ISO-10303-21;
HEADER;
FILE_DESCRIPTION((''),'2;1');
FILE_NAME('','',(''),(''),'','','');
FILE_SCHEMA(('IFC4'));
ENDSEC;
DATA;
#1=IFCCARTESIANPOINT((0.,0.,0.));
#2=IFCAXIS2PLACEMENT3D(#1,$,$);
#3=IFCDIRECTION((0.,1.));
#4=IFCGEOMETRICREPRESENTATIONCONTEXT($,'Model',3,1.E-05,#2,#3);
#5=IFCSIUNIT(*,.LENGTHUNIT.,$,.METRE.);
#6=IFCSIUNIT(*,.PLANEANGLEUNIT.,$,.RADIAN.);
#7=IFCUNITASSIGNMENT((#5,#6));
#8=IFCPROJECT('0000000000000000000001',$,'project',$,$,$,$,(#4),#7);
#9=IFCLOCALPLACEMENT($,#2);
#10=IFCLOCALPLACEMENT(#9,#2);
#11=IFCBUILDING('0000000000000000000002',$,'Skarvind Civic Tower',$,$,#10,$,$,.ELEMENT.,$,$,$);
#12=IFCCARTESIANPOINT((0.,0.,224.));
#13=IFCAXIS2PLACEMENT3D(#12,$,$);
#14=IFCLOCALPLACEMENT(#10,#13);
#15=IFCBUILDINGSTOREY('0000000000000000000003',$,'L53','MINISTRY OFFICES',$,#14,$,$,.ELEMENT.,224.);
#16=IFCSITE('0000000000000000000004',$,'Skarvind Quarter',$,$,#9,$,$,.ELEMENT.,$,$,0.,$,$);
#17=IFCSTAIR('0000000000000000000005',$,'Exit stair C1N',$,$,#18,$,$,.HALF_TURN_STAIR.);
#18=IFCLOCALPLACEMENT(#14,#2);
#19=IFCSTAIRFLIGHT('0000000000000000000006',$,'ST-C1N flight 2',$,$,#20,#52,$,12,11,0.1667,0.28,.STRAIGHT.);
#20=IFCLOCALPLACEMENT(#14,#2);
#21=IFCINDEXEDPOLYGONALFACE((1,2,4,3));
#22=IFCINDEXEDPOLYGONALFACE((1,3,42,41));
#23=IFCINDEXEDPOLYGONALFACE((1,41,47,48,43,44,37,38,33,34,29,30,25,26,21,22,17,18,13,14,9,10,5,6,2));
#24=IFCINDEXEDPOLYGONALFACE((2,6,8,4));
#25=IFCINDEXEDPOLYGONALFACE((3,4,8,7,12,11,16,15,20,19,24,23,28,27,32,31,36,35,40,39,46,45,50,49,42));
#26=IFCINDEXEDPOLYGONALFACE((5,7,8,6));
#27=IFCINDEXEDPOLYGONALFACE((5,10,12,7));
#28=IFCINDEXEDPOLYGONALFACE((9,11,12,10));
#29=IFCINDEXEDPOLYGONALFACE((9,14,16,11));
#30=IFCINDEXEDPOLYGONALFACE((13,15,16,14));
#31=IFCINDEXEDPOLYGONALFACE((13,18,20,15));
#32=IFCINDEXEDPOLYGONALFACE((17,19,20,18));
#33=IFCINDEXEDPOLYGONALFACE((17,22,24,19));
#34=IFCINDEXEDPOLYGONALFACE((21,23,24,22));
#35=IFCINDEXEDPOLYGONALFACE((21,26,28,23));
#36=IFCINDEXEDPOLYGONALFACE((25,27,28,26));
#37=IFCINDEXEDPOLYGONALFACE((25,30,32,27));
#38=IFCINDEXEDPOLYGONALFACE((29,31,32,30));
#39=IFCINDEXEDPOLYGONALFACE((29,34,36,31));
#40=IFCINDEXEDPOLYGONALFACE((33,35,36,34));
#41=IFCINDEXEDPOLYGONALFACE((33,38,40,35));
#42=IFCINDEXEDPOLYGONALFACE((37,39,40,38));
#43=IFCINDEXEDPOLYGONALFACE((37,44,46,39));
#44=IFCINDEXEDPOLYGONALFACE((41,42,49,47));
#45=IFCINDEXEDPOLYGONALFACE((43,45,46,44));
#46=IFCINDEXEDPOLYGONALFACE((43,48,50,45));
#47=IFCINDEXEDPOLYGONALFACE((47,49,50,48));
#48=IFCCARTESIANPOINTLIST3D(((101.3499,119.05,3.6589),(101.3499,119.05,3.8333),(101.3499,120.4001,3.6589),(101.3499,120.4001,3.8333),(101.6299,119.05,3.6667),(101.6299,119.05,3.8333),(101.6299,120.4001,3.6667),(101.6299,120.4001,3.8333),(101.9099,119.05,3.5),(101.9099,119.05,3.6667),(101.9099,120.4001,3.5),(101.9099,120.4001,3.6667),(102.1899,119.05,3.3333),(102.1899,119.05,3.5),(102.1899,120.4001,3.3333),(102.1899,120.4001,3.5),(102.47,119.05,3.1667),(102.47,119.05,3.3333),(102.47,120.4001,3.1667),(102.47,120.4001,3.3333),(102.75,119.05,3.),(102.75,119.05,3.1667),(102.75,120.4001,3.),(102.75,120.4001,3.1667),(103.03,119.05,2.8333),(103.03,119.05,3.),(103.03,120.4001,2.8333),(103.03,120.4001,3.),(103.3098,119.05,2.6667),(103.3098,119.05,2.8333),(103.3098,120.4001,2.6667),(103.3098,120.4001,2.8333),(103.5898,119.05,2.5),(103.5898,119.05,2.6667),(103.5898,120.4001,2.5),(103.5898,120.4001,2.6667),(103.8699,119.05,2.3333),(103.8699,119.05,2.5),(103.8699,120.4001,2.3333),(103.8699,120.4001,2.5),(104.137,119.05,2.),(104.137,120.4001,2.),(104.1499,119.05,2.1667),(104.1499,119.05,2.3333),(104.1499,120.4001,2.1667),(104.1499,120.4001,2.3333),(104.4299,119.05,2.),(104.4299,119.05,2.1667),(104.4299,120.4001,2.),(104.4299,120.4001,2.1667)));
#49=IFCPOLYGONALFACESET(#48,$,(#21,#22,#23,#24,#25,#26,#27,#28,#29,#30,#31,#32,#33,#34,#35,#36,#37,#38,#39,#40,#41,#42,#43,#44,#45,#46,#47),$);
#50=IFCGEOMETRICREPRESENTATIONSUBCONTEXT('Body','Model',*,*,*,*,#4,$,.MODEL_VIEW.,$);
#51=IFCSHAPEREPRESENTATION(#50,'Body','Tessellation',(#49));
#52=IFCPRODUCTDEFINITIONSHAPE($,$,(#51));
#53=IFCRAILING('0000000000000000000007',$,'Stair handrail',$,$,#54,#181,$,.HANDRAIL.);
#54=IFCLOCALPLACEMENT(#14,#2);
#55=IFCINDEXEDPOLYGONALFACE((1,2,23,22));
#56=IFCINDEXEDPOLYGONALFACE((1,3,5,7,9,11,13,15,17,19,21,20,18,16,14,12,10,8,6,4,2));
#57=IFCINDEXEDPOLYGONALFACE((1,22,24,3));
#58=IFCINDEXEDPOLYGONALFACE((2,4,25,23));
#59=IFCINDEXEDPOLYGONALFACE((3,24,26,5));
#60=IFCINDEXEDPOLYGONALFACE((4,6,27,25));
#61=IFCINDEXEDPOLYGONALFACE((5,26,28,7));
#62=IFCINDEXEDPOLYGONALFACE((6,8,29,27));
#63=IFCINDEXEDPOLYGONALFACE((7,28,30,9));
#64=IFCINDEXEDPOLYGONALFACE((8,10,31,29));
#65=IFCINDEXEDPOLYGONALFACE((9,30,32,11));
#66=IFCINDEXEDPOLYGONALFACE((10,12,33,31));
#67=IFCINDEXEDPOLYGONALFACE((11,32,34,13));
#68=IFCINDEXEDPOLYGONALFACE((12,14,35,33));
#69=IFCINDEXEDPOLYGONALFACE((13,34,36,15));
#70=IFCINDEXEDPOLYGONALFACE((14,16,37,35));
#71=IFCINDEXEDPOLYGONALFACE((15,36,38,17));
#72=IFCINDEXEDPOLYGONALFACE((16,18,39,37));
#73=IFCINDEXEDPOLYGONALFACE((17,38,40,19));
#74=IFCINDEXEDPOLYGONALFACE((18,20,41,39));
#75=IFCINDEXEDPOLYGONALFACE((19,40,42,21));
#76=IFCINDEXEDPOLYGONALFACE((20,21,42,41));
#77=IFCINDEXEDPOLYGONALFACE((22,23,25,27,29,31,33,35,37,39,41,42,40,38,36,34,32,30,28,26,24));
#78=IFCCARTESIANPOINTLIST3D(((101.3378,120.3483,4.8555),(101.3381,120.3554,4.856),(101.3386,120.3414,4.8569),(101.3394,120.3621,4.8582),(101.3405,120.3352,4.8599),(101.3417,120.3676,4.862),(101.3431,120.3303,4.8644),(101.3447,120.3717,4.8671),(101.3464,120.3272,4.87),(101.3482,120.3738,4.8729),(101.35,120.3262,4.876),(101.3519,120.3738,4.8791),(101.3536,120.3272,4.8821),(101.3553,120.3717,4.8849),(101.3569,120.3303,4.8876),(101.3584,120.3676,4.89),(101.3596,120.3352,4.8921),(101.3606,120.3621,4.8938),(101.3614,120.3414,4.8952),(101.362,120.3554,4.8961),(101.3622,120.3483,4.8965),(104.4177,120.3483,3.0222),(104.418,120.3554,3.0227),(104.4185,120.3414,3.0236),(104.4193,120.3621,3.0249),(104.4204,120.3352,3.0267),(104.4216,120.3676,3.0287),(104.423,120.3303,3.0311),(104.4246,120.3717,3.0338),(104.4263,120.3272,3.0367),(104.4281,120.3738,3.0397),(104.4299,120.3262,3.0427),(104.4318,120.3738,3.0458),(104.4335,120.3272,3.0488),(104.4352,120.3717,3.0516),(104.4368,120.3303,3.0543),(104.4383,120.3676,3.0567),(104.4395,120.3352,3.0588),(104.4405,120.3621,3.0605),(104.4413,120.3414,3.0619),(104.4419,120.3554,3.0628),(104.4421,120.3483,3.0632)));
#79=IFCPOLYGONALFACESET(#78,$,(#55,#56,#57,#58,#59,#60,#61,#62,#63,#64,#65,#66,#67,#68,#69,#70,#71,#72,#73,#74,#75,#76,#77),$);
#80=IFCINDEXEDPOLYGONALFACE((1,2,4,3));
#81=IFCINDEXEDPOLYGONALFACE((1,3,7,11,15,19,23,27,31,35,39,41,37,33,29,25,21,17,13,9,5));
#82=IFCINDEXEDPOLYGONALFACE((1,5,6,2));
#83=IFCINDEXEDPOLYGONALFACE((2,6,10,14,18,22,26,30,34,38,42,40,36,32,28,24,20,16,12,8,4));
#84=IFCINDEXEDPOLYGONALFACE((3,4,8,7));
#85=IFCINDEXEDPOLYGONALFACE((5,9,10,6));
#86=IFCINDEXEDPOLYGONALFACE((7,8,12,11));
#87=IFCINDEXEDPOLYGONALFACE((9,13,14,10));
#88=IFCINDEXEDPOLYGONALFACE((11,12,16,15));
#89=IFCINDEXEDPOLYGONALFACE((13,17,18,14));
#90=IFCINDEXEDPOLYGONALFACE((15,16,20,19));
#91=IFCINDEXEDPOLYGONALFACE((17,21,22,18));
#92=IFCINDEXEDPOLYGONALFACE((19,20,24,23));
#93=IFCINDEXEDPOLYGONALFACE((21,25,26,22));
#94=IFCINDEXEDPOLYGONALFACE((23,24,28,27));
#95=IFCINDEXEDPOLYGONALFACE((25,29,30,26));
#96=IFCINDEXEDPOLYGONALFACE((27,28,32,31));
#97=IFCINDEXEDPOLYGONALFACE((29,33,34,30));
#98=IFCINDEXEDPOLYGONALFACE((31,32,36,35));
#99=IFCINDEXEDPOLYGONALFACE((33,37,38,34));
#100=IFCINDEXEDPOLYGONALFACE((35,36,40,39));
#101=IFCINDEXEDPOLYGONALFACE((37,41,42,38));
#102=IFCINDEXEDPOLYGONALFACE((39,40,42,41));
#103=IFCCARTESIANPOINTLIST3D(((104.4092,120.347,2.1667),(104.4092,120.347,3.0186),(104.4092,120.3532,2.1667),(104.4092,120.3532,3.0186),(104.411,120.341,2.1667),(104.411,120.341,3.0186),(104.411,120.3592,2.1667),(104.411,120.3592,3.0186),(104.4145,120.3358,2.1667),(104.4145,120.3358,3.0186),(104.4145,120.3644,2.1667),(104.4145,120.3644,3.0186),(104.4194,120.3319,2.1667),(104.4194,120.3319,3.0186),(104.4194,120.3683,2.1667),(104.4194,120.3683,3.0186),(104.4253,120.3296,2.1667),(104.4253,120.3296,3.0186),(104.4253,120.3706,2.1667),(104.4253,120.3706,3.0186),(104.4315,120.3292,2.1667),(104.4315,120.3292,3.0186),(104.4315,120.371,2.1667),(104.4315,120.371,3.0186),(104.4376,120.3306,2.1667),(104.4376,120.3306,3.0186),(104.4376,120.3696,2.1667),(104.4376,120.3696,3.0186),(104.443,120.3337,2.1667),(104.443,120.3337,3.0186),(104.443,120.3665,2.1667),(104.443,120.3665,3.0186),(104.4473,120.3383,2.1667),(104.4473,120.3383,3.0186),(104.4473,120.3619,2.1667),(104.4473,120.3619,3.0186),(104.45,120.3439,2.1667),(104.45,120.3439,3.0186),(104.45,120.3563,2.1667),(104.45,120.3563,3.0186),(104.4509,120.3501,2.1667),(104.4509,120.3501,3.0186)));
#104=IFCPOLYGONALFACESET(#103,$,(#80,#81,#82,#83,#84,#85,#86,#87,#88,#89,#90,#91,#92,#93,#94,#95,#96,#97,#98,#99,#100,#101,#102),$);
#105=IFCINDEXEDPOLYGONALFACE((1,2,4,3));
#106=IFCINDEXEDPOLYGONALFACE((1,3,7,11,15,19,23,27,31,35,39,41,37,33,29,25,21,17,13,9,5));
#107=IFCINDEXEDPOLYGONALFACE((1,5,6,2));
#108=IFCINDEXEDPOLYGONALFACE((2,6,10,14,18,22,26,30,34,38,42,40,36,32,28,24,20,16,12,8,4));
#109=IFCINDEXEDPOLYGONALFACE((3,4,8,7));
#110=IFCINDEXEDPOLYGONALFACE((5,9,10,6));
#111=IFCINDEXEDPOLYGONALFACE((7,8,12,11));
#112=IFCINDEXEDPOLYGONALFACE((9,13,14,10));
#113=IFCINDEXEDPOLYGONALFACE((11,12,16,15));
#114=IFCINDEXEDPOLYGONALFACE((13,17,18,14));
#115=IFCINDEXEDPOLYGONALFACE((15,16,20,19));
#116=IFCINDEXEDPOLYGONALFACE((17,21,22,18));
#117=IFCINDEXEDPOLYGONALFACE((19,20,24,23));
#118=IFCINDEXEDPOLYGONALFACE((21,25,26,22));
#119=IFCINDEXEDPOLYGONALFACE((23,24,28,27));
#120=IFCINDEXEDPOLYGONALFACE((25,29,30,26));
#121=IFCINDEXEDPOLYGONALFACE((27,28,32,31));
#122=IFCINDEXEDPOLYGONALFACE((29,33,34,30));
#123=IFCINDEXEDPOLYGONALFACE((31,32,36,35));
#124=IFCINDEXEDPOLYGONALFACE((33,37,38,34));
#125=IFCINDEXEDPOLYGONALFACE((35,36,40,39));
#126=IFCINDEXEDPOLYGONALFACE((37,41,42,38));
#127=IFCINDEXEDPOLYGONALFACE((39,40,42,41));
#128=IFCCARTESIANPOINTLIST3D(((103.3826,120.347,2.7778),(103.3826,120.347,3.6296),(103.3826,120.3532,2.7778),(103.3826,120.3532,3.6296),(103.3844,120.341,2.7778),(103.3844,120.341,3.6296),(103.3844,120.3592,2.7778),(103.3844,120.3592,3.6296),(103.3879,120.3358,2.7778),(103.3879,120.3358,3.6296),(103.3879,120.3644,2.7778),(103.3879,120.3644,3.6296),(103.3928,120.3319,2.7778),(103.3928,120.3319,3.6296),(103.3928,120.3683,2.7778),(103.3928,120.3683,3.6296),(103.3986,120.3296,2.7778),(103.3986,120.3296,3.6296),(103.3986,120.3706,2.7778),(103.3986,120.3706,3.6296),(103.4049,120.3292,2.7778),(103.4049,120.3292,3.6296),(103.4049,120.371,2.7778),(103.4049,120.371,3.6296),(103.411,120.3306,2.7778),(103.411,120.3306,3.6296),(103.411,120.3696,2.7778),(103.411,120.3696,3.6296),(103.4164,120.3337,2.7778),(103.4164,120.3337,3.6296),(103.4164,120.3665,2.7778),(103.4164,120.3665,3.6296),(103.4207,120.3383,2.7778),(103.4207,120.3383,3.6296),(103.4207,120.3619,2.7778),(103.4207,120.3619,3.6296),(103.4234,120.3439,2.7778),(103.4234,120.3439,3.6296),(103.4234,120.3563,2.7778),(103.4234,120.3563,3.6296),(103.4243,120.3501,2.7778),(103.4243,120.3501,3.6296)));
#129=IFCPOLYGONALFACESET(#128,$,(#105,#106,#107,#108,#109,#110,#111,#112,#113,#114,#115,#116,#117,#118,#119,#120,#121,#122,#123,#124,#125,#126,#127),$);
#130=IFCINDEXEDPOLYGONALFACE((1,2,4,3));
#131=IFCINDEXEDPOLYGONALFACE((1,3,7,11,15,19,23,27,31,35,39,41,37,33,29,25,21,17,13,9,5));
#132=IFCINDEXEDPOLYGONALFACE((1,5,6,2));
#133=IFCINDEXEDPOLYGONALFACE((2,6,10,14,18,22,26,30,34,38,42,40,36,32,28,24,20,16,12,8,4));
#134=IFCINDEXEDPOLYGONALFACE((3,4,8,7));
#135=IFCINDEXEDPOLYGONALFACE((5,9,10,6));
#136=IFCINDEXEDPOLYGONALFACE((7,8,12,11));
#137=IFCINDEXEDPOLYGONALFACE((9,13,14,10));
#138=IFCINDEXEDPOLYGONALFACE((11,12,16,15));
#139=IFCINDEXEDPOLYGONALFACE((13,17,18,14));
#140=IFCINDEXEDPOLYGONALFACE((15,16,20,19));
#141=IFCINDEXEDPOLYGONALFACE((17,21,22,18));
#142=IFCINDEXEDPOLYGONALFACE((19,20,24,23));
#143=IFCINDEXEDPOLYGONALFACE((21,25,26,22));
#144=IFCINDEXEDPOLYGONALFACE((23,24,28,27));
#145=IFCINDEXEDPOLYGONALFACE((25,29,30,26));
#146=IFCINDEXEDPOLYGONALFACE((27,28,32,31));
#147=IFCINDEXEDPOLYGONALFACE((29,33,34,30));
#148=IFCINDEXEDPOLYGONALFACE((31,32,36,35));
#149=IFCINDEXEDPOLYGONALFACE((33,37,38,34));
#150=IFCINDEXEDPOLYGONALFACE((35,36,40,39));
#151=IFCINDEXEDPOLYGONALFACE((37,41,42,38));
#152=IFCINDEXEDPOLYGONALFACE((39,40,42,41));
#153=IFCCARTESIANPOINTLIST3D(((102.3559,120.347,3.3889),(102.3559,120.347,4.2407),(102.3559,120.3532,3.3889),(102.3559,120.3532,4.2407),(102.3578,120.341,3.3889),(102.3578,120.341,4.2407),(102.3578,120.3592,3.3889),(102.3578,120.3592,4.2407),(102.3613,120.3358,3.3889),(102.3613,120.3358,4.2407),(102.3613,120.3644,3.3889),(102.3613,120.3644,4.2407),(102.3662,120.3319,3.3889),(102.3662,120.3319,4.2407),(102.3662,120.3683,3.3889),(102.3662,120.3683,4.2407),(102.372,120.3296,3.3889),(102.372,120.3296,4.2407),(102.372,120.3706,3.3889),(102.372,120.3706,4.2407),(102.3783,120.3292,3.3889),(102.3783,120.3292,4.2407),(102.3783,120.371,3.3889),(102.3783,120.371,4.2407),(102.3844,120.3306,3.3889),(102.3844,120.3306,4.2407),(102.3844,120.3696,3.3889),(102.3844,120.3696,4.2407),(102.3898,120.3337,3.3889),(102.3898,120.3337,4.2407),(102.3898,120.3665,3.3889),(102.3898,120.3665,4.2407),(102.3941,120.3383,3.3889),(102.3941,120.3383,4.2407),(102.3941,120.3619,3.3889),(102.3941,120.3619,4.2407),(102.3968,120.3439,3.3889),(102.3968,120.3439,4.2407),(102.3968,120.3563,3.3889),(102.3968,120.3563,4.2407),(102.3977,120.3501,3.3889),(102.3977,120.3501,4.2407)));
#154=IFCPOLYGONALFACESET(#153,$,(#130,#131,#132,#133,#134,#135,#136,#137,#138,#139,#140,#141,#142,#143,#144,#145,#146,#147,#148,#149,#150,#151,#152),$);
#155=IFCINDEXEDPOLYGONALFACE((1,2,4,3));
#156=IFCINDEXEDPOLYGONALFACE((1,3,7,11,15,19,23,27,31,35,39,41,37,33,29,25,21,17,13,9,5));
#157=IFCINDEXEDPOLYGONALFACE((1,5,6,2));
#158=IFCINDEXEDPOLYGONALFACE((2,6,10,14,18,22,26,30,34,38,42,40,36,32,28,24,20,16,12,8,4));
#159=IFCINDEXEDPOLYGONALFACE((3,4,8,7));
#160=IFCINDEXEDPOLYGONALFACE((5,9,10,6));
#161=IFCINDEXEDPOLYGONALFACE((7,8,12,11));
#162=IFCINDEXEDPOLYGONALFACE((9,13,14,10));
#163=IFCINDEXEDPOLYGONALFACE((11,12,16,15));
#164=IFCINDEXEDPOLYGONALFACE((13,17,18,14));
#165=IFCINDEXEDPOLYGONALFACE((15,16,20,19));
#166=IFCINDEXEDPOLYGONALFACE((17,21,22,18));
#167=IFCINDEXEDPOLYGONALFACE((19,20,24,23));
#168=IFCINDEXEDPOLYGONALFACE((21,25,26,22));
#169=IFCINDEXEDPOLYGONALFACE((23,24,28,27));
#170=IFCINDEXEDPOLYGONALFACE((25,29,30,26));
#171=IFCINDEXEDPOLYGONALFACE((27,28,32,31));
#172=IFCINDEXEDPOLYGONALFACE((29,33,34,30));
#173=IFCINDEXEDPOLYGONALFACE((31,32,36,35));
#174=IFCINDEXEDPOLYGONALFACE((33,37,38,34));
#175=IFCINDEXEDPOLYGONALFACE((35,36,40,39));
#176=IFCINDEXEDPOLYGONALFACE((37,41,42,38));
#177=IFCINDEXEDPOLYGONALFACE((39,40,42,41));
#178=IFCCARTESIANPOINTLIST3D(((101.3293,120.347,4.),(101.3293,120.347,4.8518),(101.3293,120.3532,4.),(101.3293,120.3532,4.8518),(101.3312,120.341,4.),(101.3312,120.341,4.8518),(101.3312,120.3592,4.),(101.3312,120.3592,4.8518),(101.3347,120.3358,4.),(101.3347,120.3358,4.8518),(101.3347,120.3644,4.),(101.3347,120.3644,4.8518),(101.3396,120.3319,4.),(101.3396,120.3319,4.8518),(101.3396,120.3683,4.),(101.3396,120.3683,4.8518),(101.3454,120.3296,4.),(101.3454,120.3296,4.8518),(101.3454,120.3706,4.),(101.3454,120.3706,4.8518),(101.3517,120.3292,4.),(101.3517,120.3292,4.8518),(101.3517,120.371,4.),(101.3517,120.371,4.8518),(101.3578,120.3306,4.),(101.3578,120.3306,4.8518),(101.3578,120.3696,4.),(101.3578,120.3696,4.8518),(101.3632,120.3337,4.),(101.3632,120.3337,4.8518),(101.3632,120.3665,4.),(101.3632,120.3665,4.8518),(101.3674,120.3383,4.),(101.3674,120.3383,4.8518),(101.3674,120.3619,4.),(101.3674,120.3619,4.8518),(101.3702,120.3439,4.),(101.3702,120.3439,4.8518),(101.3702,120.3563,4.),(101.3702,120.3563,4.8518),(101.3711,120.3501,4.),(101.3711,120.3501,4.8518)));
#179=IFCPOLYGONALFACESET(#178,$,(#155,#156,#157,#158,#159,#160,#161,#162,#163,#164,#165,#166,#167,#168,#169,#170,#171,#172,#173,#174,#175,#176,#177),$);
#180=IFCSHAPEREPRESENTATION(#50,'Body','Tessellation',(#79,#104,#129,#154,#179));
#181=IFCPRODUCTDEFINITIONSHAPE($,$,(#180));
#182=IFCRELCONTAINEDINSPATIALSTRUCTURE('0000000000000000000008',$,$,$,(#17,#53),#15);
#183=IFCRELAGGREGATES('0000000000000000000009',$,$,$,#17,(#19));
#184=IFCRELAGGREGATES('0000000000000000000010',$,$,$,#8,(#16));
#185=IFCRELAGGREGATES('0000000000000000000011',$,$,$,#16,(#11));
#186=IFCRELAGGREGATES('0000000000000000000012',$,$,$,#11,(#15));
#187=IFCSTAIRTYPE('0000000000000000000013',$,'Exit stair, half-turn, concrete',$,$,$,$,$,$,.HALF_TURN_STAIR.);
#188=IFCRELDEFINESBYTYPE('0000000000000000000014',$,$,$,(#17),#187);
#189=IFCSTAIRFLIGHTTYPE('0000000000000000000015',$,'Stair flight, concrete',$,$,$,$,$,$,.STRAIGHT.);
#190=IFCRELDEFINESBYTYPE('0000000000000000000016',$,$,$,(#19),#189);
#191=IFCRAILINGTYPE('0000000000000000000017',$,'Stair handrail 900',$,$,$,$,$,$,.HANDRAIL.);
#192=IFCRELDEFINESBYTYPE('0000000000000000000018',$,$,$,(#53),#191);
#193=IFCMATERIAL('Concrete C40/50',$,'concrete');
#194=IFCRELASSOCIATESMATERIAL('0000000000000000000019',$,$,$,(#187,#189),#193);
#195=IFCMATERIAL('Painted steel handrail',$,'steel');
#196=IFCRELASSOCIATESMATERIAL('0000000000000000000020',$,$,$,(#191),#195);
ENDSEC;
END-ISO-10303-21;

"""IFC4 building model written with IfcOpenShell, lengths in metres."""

from ifc_helpers import new_model, si_unit, direction, frame, origin, origin_2d, place, context, subcontext, project, spatial, polyline, circle, outline, extrude, material, type_object, element, aggregate, save


model = new_model("IFC4")

# Units and contexts
model_context = context("Model", 3, precision=1e-05, world=origin(), true_north=direction((0.0, 1.0)))
body_context = subcontext(model_context, "Body", "Model", "MODEL_VIEW")
ifc_project = project(units=[si_unit("LENGTHUNIT", "METRE"), si_unit("PLANEANGLEUNIT", "RADIAN")], contexts=[model_context])

# Site, building, storey
site_placement = place(None, origin())
site = spatial("IfcSite", under=ifc_project, at=site_placement, Name="Skarvind Quarter", CompositionType="ELEMENT", RefElevation=0.0)
building_placement = place(site_placement, origin())
building = spatial("IfcBuilding", under=site, at=building_placement, Name="Skarvind Civic Tower", CompositionType="ELEMENT")
storey_placement = place(building_placement, frame((0.0, 0.0, 224.0)))
storey = spatial("IfcBuildingStorey", under=building, at=storey_placement, Name="L53", Description="MINISTRY OFFICES", CompositionType="ELEMENT", Elevation=224.0)

# Stair, stair flight
ifc_material_1 = material(Name="Concrete C40/50", Category="concrete")
stair_type = type_object("IfcStairType", Name="Exit stair, half-turn, concrete", PredefinedType="HALF_TURN_STAIR", material=ifc_material_1)
stair_placement = place(storey_placement, origin())
stair = element("IfcStair", 1, at=stair_placement, inside=storey, type_object=stair_type, Name="Exit stair C1N", PredefinedType="HALF_TURN_STAIR")
stair_flight_type = type_object("IfcStairFlightType", Name="Stair flight, concrete", PredefinedType="STRAIGHT", material=ifc_material_1)
stair_flight_1_placement = place(storey_placement, frame((104.4299, 119.7251, 2.0), z_axis=(0.0, 0.0, 1.0), x_axis=(-1.0, 0.0, 0.0)))
stair_flight_1 = element("IfcStairFlight", 2, at=stair_flight_1_placement, type_object=stair_flight_type, Name="ST-C1N flight 2", NumberOfRisers=12, NumberOfTreads=11, PredefinedType="STRAIGHT", RiserHeight=0.1667, TreadLength=0.28, context=body_context, shape_type="SweptSolid", body=[
    extrude(outline(polyline([(0.0, 0.0), (0.0, 0.1667), (0.28, 0.1667), (0.28, 0.3333), (0.5601, 0.3333), (0.5601, 0.5), (0.8401, 0.5), (0.8401, 0.6667), (1.1201, 0.6667), (1.1201, 0.8333), (1.3999, 0.8333), (1.3999, 1.0), (1.6799, 1.0), (1.6799, 1.1667), (1.96, 1.1667), (1.96, 1.3333), (2.24, 1.3333), (2.24, 1.5), (2.52, 1.5), (2.52, 1.6667), (2.8, 1.6667), (2.8, 1.8333), (3.0801, 1.8333), (3.0801, 2.0), (3.0801, 1.6589), (0.293, 0.0), (0.0, 0.0)])), frame((0.0, 0.675, 0.0), z_axis=(0.0, -1.0, 0.0), x_axis=(1.0, 0.0, 0.0)), (0.0, 0.0, 1.0), 1.3501),
])
aggregate(stair, [stair_flight_1])

# Railing
ifc_material_2 = material(Name="Painted steel handrail", Category="steel")
railing_type = type_object("IfcRailingType", Name="Stair handrail 900", PredefinedType="HANDRAIL", material=ifc_material_2)
railing_placement = place(storey_placement, frame((104.4299, 120.3501, 2.1667)))
element("IfcRailing", 3, at=railing_placement, inside=storey, type_object=railing_type, Name="Stair handrail", PredefinedType="HANDRAIL", context=body_context, shape_type="SweptSolid", body=[
    extrude(circle(Radius=0.0239, at=origin_2d()), frame((0.0, 0.0, 0.876), z_axis=(-0.859291, 0.0, 0.511487), x_axis=(0.0, -1.0, 0.0)), (0.0, 0.0, 1.0), 3.5842),
    extrude(circle(Radius=0.021, at=origin_2d()), origin(), (0.0, 0.0, 1.0), 0.8518),
    extrude(circle(Radius=0.021, at=origin_2d()), frame((-1.0266, 0.0, 0.6111)), (0.0, 0.0, 1.0), 0.8518),
    extrude(circle(Radius=0.021, at=origin_2d()), frame((-2.0532, 0.0, 1.2222)), (0.0, 0.0, 1.0), 0.8518),
    extrude(circle(Radius=0.021, at=origin_2d()), frame((-3.0798, 0.0, 1.8333)), (0.0, 0.0, 1.0), 0.8518),
])

save(model, "model.ifc")
